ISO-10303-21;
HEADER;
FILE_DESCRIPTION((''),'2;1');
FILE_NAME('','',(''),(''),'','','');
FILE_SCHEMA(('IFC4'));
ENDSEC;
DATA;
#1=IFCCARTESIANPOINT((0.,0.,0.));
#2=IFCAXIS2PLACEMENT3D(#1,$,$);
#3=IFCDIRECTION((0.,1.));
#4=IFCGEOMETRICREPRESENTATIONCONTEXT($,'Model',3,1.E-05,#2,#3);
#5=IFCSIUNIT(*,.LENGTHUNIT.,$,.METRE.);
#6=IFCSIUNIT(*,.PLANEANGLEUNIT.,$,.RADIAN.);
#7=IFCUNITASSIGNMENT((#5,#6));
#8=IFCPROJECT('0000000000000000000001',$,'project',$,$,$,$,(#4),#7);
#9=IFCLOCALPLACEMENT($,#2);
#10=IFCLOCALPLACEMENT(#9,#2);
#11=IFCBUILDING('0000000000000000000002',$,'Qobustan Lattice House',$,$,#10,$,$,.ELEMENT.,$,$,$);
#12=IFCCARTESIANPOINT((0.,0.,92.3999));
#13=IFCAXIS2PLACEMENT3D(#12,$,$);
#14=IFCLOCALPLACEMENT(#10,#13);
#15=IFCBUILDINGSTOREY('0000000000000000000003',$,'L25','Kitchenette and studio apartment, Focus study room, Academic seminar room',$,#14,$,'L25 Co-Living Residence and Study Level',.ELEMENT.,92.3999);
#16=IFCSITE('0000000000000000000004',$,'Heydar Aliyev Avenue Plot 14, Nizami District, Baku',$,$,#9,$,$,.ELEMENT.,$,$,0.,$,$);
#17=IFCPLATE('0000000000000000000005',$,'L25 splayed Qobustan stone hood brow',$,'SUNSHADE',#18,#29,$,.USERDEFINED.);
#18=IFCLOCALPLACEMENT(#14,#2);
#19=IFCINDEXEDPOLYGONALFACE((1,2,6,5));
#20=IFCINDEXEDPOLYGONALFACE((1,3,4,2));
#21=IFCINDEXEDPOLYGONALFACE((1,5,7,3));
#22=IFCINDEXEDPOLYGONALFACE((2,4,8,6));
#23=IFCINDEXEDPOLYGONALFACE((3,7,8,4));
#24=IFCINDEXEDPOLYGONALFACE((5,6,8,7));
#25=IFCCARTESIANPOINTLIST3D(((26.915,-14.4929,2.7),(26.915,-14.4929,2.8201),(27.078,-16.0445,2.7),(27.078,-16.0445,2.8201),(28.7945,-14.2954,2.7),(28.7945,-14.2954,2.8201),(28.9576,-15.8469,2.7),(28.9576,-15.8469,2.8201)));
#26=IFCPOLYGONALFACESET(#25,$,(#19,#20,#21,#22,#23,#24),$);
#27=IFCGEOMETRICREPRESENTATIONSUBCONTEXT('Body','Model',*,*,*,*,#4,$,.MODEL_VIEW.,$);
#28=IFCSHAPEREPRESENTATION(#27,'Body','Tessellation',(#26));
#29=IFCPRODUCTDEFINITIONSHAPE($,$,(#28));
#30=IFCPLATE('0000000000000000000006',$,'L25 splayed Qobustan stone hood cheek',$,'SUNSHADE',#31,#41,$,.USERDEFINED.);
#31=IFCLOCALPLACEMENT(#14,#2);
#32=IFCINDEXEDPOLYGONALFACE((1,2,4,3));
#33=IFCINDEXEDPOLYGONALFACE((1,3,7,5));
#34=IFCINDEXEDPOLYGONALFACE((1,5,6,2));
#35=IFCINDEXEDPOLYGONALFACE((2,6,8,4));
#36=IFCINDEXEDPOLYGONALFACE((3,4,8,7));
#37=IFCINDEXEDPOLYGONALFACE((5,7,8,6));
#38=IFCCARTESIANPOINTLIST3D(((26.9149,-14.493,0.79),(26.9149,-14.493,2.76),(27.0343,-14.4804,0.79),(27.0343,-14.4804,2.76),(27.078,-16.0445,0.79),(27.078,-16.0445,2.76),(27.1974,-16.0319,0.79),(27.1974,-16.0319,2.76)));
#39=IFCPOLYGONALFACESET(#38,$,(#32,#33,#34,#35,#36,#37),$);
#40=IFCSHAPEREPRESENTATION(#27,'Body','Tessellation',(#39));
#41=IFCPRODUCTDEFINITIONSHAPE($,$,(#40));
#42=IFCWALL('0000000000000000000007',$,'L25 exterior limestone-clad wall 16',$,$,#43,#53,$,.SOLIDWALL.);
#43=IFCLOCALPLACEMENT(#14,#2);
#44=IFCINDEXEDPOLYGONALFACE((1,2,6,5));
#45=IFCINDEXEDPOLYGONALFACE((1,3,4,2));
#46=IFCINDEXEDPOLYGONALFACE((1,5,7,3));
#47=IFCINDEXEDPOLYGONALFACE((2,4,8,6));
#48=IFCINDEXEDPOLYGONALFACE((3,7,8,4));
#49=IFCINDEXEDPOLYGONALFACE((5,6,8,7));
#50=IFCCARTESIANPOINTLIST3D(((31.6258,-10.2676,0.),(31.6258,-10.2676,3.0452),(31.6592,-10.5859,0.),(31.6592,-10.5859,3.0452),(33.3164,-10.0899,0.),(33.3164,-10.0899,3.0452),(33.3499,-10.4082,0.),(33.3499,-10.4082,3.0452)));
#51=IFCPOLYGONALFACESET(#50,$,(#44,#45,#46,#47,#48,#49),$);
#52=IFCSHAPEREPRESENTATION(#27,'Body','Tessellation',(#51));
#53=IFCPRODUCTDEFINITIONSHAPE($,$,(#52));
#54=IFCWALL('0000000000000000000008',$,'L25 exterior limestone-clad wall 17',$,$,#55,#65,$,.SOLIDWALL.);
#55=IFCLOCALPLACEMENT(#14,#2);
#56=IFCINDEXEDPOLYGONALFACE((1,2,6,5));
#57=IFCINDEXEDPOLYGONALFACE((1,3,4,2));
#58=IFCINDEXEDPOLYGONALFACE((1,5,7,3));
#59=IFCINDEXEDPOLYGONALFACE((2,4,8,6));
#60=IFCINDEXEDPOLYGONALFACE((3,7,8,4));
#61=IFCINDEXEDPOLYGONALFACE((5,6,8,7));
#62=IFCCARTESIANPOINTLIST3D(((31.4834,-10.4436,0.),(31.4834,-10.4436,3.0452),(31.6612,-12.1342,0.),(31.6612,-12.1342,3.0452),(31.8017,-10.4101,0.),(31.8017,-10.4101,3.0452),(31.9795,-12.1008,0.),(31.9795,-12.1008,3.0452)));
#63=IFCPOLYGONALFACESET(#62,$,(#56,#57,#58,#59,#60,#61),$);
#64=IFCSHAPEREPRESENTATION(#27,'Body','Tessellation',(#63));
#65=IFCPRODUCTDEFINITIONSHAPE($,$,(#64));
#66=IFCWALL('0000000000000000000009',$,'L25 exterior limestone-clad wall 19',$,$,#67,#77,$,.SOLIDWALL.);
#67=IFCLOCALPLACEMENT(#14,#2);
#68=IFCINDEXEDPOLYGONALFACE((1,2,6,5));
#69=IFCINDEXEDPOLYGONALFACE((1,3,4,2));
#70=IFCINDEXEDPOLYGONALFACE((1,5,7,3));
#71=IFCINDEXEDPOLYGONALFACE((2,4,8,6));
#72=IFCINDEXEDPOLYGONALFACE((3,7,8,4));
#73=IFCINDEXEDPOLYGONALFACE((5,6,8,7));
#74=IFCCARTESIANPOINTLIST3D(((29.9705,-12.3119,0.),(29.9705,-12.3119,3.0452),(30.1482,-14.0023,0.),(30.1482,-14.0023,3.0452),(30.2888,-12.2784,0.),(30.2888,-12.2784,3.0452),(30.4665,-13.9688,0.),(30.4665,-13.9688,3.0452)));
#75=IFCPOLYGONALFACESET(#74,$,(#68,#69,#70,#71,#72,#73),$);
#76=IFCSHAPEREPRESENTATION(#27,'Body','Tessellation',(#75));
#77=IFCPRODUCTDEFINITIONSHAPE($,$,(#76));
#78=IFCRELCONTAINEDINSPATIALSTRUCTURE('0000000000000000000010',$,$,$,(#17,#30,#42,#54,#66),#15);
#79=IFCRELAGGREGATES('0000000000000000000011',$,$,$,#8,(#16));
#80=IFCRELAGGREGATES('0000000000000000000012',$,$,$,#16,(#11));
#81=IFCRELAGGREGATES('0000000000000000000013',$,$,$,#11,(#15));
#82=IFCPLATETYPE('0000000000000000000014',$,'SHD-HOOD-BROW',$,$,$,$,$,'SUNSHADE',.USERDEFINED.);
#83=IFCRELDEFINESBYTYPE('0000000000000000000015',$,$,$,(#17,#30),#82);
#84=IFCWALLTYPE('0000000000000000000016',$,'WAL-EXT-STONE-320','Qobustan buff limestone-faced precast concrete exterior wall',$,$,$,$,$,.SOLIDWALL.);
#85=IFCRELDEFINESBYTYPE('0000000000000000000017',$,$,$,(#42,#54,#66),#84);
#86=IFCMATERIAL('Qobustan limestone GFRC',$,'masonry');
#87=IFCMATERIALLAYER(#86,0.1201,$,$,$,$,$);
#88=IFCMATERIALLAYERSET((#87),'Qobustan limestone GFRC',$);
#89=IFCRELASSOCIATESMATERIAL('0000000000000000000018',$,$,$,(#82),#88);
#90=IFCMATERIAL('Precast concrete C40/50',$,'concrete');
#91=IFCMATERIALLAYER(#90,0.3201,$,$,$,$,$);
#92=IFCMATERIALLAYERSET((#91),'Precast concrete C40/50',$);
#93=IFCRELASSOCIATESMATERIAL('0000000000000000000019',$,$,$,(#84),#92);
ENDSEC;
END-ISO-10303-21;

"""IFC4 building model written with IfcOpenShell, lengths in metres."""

from ifc_helpers import new_model, si_unit, direction, frame, frame_2d, origin, origin_2d, place, context, subcontext, project, spatial, rectangle, extrude, material, layer, layer_set, type_object, element, save


model = new_model("IFC4")

# Units and contexts
model_context = context("Model", 3, precision=1e-05, world=origin(), true_north=direction((0.0, 1.0)))
body_context = subcontext(model_context, "Body", "Model", "MODEL_VIEW")
ifc_project = project(units=[si_unit("LENGTHUNIT", "METRE"), si_unit("PLANEANGLEUNIT", "RADIAN")], contexts=[model_context])

# Site, building, storey
site_placement = place(None, origin())
site = spatial("IfcSite", under=ifc_project, at=site_placement, Name="Heydar Aliyev Avenue Plot 14, Nizami District, Baku", CompositionType="ELEMENT", RefElevation=0.0)
building_placement = place(site_placement, origin())
building = spatial("IfcBuilding", under=site, at=building_placement, Name="Qobustan Lattice House", CompositionType="ELEMENT")
storey_placement = place(building_placement, frame((0.0, 0.0, 92.3999)))
storey = spatial("IfcBuildingStorey", under=building, at=storey_placement, Name="L25", Description="Kitchenette and studio apartment, Focus study room, Academic seminar room", LongName="L25 Co-Living Residence and Study Level", CompositionType="ELEMENT", Elevation=92.3999)

# Plates
ifc_material_1 = material(Name="Qobustan limestone GFRC", Category="masonry")
ifc_layer_1 = layer(ifc_material_1, 0.1201)
ifc_layer_set_1 = layer_set([ifc_layer_1], Name="Qobustan limestone GFRC")
plate_type_1 = type_object("IfcPlateType", Name="SHD-HOOD-BROW", ElementType="SUNSHADE", PredefinedType="USERDEFINED", material=ifc_layer_set_1)
plate_1_placement = place(storey_placement, frame((27.9363, -15.1699, 2.7), z_axis=(0.0, 0.0, 1.0), x_axis=(-0.994522, -0.104528, 0.0)))
element("IfcPlate", 1, at=plate_1_placement, inside=storey, type_object=plate_type_1, Name="L25 splayed Qobustan stone hood brow", ObjectType="SUNSHADE", PredefinedType="USERDEFINED", context=body_context, shape_type="SweptSolid", body=[
    extrude(rectangle(XDim=1.8899, YDim=1.5601, at=origin_2d()), origin(), (0.0, 0.0, 1.0), 0.1201),
])
plate_2_placement = place(storey_placement, frame((27.0562, -15.2625, 0.79), z_axis=(0.0, 0.0, 1.0), x_axis=(-0.994522, -0.104528, 0.0)))
element("IfcPlate", 2, at=plate_2_placement, inside=storey, type_object=plate_type_1, Name="L25 splayed Qobustan stone hood cheek", ObjectType="SUNSHADE", PredefinedType="USERDEFINED", context=body_context, shape_type="SweptSolid", body=[
    extrude(rectangle(XDim=0.1201, YDim=1.5601, at=origin_2d()), origin(), (0.0, 0.0, 1.0), 1.97),
])

# Walls
ifc_material_2 = material(Name="Precast concrete C40/50", Category="concrete")
ifc_layer_2 = layer(ifc_material_2, 0.3201)
ifc_layer_set_2 = layer_set([ifc_layer_2], Name="Precast concrete C40/50")
wall_type = type_object("IfcWallType", Name="WAL-EXT-STONE-320", Description="Qobustan buff limestone-faced precast concrete exterior wall", PredefinedType="SOLIDWALL", material=ifc_layer_set_2)
for number, where, z_axis, x_axis, name in (
    (3, (33.3333, -10.249, 0.0), (0.0, 0.0, 1.0), (-0.99452, -0.10455, 0.0), "L25 exterior limestone-clad wall 16"),
    (4, (31.6426, -10.4268, 0.0), (0.0, 0.0, 1.0), (0.10455, -0.99452, 0.0), "L25 exterior limestone-clad wall 17"),
):
    element("IfcWall", number, at=place(storey_placement, frame(where, z_axis=z_axis, x_axis=x_axis)), inside=storey, type_object=wall_type, Name=name, PredefinedType="SOLIDWALL", context=body_context, shape_type="SweptSolid", body=[
        extrude(rectangle(XDim=1.7, YDim=0.3201, at=frame_2d((0.8501, 0.0))), origin(), (0.0, 0.0, 1.0), 3.0452),
    ])
wall_1_placement = place(storey_placement, frame((30.1296, -12.2952, 0.0), z_axis=(0.0, 0.0, 1.0), x_axis=(0.104565, -0.994518, 0.0)))
element("IfcWall", 5, at=wall_1_placement, inside=storey, type_object=wall_type, Name="L25 exterior limestone-clad wall 19", PredefinedType="SOLIDWALL", context=body_context, shape_type="SweptSolid", body=[
    extrude(rectangle(XDim=1.6997, YDim=0.3201, at=frame_2d((0.8499, 0.0))), origin(), (0.0, 0.0, 1.0), 3.0452),
])

save(model, "model.ifc")
